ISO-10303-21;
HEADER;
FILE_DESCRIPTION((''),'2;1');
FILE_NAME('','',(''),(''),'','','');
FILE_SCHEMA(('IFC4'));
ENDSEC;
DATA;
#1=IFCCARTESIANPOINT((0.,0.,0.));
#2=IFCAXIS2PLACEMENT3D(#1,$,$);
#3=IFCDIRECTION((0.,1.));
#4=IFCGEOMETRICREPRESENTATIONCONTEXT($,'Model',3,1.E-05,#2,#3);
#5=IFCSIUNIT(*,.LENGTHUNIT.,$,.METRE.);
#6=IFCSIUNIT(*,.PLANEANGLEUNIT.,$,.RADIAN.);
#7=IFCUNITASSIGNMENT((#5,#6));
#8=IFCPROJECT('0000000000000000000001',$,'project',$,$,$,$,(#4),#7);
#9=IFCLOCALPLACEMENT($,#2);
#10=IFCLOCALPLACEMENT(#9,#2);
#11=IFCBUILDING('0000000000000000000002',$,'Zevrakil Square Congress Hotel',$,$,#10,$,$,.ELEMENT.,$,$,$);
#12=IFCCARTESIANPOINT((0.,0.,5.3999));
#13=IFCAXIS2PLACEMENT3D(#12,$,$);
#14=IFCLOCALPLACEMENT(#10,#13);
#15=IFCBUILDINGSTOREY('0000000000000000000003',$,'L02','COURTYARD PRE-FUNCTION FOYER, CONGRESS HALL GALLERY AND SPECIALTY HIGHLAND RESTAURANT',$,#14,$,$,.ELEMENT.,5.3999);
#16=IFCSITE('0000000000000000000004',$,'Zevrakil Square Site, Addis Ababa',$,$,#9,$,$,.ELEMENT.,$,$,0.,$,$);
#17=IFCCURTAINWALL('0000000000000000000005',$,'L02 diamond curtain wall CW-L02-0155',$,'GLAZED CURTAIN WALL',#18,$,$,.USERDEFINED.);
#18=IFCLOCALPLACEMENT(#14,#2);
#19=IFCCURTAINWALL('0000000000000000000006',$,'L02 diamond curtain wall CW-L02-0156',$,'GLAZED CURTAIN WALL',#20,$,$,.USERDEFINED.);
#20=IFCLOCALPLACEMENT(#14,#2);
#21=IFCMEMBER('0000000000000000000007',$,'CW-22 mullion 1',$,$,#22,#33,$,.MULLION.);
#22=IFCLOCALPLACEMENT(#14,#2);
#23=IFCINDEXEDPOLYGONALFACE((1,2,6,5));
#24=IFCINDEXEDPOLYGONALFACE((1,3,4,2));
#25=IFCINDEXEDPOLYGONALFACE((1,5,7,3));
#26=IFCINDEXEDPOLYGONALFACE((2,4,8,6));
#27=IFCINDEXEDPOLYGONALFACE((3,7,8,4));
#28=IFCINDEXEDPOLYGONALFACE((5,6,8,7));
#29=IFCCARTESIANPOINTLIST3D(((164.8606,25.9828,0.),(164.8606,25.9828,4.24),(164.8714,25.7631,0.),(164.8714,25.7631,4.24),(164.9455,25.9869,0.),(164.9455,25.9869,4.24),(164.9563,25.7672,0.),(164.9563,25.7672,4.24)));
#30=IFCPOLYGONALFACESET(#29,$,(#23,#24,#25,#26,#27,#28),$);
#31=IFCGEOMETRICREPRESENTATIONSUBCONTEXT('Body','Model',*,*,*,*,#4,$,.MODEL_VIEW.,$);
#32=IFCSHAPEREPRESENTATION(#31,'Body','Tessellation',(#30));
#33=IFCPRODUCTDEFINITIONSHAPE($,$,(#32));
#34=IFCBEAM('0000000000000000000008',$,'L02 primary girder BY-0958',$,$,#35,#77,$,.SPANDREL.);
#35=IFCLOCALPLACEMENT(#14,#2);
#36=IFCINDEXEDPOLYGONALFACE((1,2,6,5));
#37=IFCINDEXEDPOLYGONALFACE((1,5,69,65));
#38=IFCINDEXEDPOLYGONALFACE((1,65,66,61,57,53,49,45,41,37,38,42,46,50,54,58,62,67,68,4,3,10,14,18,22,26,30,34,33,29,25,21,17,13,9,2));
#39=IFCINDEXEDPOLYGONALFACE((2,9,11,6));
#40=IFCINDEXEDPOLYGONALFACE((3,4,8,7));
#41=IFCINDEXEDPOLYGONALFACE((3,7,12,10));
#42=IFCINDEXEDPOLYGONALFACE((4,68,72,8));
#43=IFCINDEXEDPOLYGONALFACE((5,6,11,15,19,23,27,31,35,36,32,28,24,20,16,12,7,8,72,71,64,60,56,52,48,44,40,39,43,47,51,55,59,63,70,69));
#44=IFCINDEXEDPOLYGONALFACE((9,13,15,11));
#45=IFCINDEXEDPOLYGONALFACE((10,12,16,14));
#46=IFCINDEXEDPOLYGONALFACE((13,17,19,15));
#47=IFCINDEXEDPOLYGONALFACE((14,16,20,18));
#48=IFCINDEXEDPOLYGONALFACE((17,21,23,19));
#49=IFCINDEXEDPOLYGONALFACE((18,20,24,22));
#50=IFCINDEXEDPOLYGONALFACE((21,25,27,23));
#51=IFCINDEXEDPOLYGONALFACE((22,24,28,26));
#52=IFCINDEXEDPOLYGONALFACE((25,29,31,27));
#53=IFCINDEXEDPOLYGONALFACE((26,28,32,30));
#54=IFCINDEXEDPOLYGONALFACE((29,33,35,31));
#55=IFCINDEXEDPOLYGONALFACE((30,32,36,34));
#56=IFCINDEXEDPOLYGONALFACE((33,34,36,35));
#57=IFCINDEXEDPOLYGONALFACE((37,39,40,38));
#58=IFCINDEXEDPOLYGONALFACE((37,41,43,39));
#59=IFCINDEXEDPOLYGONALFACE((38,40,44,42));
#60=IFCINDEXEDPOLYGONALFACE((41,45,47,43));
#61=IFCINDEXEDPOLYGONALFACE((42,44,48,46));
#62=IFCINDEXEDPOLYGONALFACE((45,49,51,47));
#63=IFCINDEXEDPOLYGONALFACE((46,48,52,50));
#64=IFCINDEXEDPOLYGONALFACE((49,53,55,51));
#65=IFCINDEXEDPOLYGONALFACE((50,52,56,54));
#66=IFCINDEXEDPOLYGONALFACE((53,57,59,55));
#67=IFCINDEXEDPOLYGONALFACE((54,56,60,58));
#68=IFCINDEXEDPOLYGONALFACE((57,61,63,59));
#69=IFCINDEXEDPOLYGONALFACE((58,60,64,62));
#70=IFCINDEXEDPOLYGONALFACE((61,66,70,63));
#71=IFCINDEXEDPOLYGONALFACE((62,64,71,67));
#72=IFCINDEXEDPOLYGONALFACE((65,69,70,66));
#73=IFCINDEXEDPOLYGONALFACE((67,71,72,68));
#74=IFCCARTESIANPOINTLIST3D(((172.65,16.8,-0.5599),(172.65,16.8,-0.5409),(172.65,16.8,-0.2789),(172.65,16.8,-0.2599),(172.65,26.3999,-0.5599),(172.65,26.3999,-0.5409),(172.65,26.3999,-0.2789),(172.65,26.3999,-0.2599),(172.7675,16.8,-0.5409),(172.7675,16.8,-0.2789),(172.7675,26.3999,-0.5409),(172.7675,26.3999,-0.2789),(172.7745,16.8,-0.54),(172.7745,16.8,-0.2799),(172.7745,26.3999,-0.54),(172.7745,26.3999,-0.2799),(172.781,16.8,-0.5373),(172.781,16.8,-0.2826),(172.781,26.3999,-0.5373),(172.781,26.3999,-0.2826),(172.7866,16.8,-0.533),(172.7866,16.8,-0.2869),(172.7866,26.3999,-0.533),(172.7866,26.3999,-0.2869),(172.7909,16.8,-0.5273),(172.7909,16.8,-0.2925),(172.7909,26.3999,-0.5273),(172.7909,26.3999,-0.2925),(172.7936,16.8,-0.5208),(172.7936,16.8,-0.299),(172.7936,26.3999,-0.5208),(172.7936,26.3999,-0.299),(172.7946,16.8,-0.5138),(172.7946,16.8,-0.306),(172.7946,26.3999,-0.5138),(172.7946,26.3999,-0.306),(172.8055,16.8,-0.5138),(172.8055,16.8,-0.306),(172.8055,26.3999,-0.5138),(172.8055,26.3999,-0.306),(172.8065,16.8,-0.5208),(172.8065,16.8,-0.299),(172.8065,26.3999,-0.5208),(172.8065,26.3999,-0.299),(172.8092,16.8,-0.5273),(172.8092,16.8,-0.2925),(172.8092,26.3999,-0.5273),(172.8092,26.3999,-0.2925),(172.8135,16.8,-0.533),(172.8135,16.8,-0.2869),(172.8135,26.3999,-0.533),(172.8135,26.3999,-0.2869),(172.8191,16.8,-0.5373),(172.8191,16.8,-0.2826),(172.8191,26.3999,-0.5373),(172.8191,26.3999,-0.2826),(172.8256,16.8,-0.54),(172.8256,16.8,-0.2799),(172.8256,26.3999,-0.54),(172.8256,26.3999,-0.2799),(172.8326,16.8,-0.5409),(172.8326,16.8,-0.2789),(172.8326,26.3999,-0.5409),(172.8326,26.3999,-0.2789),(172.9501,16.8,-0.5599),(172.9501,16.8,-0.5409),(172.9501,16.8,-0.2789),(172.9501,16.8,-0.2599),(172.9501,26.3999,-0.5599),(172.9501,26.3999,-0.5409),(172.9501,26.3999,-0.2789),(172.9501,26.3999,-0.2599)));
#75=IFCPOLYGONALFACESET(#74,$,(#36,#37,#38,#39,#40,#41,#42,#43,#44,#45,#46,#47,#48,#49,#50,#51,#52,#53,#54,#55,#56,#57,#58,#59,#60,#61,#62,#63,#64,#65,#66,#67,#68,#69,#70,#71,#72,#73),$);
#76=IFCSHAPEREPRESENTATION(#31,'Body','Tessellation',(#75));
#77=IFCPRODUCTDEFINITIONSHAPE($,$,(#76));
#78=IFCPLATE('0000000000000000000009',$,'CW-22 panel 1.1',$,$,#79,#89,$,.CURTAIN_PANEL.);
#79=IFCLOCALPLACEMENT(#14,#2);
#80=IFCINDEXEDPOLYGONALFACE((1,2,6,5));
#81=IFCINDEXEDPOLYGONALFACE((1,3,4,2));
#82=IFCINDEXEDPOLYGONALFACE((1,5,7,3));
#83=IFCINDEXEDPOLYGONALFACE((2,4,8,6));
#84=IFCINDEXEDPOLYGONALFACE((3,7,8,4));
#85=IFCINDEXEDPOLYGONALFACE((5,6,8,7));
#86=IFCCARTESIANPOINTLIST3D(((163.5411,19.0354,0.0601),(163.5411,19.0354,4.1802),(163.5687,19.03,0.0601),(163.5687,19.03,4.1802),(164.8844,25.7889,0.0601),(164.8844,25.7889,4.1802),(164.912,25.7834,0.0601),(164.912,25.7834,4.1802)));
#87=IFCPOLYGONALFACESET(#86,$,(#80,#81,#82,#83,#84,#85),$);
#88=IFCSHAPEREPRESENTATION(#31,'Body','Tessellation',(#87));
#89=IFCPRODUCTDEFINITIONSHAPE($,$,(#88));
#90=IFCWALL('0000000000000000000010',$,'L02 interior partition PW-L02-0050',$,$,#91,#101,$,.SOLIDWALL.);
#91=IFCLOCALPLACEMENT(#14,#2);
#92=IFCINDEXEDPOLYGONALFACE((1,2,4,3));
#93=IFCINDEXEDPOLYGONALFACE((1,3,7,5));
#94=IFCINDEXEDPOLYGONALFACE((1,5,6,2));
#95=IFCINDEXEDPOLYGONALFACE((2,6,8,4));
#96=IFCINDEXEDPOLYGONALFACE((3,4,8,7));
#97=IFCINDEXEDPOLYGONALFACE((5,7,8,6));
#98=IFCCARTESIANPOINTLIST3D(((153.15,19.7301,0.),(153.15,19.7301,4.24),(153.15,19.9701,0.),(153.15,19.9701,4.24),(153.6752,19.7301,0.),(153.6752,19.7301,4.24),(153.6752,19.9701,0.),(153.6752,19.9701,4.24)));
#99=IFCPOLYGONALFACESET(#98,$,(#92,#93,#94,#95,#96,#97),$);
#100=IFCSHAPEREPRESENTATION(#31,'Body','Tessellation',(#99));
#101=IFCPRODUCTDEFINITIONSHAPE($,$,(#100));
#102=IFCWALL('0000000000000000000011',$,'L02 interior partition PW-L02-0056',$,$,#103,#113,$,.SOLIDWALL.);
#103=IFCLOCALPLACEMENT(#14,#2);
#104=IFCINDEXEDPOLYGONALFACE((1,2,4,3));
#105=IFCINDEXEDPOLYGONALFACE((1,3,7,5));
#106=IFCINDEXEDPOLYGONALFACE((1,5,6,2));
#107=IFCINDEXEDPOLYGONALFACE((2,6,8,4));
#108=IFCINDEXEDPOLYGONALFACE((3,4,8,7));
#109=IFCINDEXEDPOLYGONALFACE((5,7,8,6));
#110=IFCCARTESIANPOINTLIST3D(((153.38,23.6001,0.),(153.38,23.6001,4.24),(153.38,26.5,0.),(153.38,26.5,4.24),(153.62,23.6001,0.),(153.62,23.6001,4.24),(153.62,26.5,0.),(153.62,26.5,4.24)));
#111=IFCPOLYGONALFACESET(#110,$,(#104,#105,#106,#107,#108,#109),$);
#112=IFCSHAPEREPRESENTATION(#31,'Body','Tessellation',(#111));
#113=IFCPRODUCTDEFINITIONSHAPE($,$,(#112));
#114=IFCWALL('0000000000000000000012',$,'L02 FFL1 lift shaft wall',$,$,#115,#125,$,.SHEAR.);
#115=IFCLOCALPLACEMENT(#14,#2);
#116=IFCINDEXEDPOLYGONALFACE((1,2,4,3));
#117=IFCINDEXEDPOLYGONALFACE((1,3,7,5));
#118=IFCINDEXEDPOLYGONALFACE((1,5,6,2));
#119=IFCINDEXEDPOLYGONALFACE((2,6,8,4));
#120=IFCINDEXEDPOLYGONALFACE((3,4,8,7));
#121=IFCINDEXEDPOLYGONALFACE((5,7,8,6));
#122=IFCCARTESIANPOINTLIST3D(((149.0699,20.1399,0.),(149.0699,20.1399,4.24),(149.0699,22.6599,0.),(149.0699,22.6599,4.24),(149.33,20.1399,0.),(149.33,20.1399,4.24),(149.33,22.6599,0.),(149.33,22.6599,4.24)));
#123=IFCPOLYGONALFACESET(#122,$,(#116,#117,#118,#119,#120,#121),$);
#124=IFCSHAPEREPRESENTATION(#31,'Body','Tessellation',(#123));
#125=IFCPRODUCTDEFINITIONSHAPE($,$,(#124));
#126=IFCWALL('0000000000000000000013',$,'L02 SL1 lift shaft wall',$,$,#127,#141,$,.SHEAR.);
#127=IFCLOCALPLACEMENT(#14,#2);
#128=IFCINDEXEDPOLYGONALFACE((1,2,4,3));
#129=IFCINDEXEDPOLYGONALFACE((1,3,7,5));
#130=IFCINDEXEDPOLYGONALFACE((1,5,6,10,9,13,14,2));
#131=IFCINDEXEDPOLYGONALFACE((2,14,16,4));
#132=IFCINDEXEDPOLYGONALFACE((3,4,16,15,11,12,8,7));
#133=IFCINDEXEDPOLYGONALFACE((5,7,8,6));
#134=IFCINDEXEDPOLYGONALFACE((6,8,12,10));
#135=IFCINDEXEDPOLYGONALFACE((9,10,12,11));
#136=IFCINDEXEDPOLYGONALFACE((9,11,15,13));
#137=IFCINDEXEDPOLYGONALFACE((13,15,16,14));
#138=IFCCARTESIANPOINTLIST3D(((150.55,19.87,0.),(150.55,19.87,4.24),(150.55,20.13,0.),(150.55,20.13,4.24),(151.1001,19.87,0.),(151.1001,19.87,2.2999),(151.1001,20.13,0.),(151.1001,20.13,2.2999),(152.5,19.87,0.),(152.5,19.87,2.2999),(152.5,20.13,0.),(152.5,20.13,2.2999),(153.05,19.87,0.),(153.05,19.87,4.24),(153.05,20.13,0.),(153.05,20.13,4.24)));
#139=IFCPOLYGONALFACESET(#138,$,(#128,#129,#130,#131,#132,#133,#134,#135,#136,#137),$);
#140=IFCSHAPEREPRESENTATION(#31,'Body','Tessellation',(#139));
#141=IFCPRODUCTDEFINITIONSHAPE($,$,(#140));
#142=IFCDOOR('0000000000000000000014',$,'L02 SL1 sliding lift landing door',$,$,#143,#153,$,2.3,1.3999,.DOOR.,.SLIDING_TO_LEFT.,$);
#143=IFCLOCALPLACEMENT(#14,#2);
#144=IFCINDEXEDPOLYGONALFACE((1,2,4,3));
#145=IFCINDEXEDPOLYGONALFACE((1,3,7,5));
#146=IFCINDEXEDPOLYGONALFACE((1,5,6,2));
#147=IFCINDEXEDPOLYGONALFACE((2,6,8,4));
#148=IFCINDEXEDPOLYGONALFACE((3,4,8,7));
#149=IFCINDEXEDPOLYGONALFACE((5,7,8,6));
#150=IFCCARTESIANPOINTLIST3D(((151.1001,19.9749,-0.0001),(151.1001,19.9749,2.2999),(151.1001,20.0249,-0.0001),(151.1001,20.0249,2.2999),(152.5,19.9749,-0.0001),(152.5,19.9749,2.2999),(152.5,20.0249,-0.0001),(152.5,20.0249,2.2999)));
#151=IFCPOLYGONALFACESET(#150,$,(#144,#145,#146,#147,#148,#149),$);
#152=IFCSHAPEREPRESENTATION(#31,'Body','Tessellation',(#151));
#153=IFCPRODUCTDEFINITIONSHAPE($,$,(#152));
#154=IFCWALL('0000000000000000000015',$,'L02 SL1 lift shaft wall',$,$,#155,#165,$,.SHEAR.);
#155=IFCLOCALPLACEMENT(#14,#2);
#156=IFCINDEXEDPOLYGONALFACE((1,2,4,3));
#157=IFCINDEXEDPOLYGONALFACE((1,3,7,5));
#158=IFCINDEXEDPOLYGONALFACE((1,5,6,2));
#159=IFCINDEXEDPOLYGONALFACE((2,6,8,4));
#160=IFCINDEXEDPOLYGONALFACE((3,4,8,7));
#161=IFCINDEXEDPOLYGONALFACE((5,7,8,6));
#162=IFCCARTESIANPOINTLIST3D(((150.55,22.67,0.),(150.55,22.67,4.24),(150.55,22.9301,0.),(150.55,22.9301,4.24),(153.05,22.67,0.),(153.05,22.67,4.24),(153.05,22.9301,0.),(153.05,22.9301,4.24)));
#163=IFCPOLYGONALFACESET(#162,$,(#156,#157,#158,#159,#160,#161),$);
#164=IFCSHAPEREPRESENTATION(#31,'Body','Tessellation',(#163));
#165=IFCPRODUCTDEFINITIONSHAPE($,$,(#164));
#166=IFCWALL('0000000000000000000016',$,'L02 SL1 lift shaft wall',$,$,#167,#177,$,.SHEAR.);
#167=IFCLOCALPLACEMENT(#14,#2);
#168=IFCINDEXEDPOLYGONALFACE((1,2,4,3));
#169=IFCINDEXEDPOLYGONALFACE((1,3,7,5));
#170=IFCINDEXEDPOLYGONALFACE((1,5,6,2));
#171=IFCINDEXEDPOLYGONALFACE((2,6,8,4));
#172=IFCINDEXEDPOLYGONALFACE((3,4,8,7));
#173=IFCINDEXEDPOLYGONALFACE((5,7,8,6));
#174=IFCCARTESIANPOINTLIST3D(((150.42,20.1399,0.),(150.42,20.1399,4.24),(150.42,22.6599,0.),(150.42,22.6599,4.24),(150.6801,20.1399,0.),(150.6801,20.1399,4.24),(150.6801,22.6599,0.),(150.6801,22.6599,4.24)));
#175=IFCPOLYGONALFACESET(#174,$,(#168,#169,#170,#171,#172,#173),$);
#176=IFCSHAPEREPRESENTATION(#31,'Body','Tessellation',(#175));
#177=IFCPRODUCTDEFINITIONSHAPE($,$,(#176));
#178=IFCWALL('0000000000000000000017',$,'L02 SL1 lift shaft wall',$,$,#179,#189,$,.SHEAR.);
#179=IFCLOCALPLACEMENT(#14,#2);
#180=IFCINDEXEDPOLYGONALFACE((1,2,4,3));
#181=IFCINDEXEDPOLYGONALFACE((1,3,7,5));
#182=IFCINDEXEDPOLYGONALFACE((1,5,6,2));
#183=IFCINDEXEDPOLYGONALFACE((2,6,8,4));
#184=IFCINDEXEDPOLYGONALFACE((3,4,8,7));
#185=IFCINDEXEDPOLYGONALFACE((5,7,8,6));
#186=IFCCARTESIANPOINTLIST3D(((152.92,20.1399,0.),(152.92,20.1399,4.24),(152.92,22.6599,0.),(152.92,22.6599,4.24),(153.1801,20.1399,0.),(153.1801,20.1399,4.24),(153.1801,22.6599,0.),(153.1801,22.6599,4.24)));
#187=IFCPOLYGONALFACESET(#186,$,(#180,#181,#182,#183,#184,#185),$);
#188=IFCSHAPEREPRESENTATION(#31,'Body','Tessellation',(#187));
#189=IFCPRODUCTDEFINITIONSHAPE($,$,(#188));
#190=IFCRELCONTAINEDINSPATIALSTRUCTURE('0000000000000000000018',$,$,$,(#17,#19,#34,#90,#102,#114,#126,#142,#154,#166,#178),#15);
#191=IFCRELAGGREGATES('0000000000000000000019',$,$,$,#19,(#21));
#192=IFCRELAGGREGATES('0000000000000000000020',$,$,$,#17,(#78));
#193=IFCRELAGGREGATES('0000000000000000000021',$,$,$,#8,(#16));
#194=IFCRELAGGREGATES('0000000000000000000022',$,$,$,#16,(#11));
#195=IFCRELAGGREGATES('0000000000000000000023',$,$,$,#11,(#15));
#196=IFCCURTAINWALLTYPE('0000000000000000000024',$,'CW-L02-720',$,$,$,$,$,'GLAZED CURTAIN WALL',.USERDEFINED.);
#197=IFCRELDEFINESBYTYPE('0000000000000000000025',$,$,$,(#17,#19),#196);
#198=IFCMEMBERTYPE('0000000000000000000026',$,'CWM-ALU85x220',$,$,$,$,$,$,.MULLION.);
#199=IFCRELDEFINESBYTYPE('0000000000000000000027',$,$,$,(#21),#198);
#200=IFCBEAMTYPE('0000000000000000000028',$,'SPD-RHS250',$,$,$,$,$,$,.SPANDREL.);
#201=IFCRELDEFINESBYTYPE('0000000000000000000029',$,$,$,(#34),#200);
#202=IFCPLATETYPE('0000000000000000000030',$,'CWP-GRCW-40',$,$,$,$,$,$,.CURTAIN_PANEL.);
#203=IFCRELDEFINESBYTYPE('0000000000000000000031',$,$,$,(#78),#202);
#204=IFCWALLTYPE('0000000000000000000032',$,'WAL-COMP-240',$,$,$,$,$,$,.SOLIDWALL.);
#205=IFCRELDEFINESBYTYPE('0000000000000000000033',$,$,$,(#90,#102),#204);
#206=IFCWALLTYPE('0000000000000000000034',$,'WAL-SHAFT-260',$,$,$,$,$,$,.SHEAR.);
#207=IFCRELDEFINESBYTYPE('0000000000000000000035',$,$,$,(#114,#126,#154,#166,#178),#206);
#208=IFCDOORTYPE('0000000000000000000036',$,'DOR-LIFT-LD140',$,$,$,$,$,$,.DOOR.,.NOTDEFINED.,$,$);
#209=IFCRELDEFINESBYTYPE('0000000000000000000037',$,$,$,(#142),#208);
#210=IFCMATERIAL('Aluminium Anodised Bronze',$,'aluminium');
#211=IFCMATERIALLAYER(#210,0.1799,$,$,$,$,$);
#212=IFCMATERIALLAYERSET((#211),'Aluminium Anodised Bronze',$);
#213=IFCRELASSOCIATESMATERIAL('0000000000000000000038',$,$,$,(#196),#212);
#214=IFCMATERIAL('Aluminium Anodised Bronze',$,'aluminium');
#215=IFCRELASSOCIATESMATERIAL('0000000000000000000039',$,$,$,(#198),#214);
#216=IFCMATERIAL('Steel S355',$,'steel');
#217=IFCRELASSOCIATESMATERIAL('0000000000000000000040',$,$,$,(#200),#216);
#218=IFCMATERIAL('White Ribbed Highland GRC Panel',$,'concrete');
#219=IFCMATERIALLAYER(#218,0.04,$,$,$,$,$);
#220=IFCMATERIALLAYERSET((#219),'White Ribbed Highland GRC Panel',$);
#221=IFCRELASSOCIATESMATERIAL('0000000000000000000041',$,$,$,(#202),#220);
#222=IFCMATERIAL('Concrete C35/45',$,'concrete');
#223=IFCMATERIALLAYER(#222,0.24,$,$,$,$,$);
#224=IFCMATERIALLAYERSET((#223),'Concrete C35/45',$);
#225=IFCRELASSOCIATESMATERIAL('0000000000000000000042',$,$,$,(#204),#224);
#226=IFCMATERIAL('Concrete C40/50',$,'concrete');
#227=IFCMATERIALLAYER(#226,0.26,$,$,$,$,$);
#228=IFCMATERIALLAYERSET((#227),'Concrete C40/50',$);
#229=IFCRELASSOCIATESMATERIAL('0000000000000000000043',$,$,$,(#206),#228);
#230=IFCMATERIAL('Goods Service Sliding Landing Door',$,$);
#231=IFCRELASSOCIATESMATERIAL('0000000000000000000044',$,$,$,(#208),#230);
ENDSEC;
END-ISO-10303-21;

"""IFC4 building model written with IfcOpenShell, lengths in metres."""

from ifc_helpers import new_model, si_unit, direction, frame, frame_2d, origin, origin_2d, place, context, subcontext, project, spatial, rectangle, i_section, extrude, material, layer, layer_set, material_profile, profile_set, type_object, element, fill, aggregate, save


model = new_model("IFC4")

# Units and contexts
model_context = context("Model", 3, precision=1e-05, world=origin(), true_north=direction((0.0, 1.0)))
body_context = subcontext(model_context, "Body", "Model", "MODEL_VIEW")
ifc_project = project(units=[si_unit("LENGTHUNIT", "METRE"), si_unit("PLANEANGLEUNIT", "RADIAN")], contexts=[model_context])

# Site, building, storey
site_placement = place(None, origin())
site = spatial("IfcSite", under=ifc_project, at=site_placement, Name="Zevrakil Square Site, Addis Ababa", CompositionType="ELEMENT", RefElevation=0.0)
building_placement = place(site_placement, origin())
building = spatial("IfcBuilding", under=site, at=building_placement, Name="Zevrakil Square Congress Hotel", CompositionType="ELEMENT")
storey_placement = place(building_placement, frame((0.0, 0.0, 5.3999)))
storey = spatial("IfcBuildingStorey", under=building, at=storey_placement, Name="L02", Description="COURTYARD PRE-FUNCTION FOYER, CONGRESS HALL GALLERY AND SPECIALTY HIGHLAND RESTAURANT", CompositionType="ELEMENT", Elevation=5.3999)

# Curtain walls
ifc_material_1 = material(Name="Aluminium Anodised Bronze", Category="aluminium")
ifc_layer_1 = layer(ifc_material_1, 0.1799)
ifc_layer_set_1 = layer_set([ifc_layer_1], Name="Aluminium Anodised Bronze")
curtain_wall_type = type_object("IfcCurtainWallType", Name="CW-L02-720", ElementType="GLAZED CURTAIN WALL", PredefinedType="USERDEFINED", material=ifc_layer_set_1)
curtain_wall_1_placement = place(storey_placement, origin())
curtain_wall_1 = element("IfcCurtainWall", 1, at=curtain_wall_1_placement, inside=storey, type_object=curtain_wall_type, Name="L02 diamond curtain wall CW-L02-0155", ObjectType="GLAZED CURTAIN WALL", PredefinedType="USERDEFINED")
curtain_wall_2_placement = place(storey_placement, origin())
curtain_wall_2 = element("IfcCurtainWall", 2, at=curtain_wall_2_placement, inside=storey, type_object=curtain_wall_type, Name="L02 diamond curtain wall CW-L02-0156", ObjectType="GLAZED CURTAIN WALL", PredefinedType="USERDEFINED")

# Member
ifc_material_2 = material(Name="Aluminium Anodised Bronze", Category="aluminium")
ifc_material_profile_1 = material_profile(ifc_material_2, rectangle(XDim=0.085, YDim=0.22, at=origin_2d()), Name="ALU 85x220")
ifc_profile_set_1 = profile_set([ifc_material_profile_1], Name="Aluminium Anodised Bronze")
member_type_1 = type_object("IfcMemberType", Name="CWM-ALU85x220", PredefinedType="MULLION", material=ifc_profile_set_1)
member_1_placement = place(storey_placement, frame((164.9084, 25.875, 0.0), z_axis=(0.0, 0.0, 1.0), x_axis=(-0.998792, -0.049136, 0.0)))
member_1 = element("IfcMember", 3, at=member_1_placement, type_object=member_type_1, Name="CW-22 mullion 1", PredefinedType="MULLION", context=body_context, shape_type="SweptSolid", body=[
    extrude(rectangle(XDim=0.085, YDim=0.22, at=origin_2d()), origin(), (0.0, 0.0, 1.0), 4.24),
])
aggregate(curtain_wall_2, [member_1])

# Beam
ifc_material_3 = material(Name="Steel S355", Category="steel")
ifc_material_profile_2 = material_profile(ifc_material_3, i_section(OverallWidth=0.3, OverallDepth=0.3, WebThickness=0.011, FlangeThickness=0.019, FilletRadius=0.0271, at=origin_2d()), Name="HEB 300")
ifc_profile_set_2 = profile_set([ifc_material_profile_2], Name="Steel S355")
beam_type_1 = type_object("IfcBeamType", Name="SPD-RHS250", PredefinedType="SPANDREL", material=ifc_profile_set_2)
beam_1_placement = place(storey_placement, frame((172.8, 16.8, -0.4099), z_axis=(0.0, 1.0, 0.0), x_axis=(-1.0, 0.0, 0.0)))
element("IfcBeam", 4, at=beam_1_placement, inside=storey, type_object=beam_type_1, Name="L02 primary girder BY-0958", PredefinedType="SPANDREL", context=body_context, shape_type="SweptSolid", body=[
    extrude(i_section(OverallWidth=0.3, OverallDepth=0.3, WebThickness=0.011, FlangeThickness=0.019, FilletRadius=0.0271, at=origin_2d()), origin(), (0.0, 0.0, 1.0), 9.5999),
])

# Plate
ifc_material_4 = material(Name="White Ribbed Highland GRC Panel", Category="concrete")
ifc_layer_2 = layer(ifc_material_4, 0.04)
ifc_layer_set_2 = layer_set([ifc_layer_2], Name="White Ribbed Highland GRC Panel")
plate_type = type_object("IfcPlateType", Name="CWP-GRCW-40", PredefinedType="CURTAIN_PANEL", material=ifc_layer_set_2)
plate_placement = place(storey_placement, frame((164.2266, 22.4094, 0.0601), z_axis=(0.0, 0.0, 1.0), x_axis=(0.195084, 0.980787, 0.0)))
plate = element("IfcPlate", 5, at=plate_placement, type_object=plate_type, Name="CW-22 panel 1.1", PredefinedType="CURTAIN_PANEL", context=body_context, shape_type="SweptSolid", body=[
    extrude(rectangle(XDim=6.8857, YDim=0.0281, at=origin_2d()), origin(), (0.0, 0.0, 1.0), 4.1201),
])
aggregate(curtain_wall_1, [plate])

# Walls
ifc_material_5 = material(Name="Concrete C35/45", Category="concrete")
ifc_layer_3 = layer(ifc_material_5, 0.24)
ifc_layer_set_3 = layer_set([ifc_layer_3], Name="Concrete C35/45")
wall_type_1 = type_object("IfcWallType", Name="WAL-COMP-240", PredefinedType="SOLIDWALL", material=ifc_layer_set_3)
wall_1_placement = place(storey_placement, frame((153.1499, 19.8501, 0.0), z_axis=(0.0, 0.0, 1.0), x_axis=(1.0, 0.0, 0.0)))
element("IfcWall", 6, at=wall_1_placement, inside=storey, type_object=wall_type_1, Name="L02 interior partition PW-L02-0050", PredefinedType="SOLIDWALL", context=body_context, shape_type="SweptSolid", body=[
    extrude(rectangle(XDim=0.5251, YDim=0.24, at=frame_2d((0.2627, 0.0))), origin(), (0.0, 0.0, 1.0), 4.24),
])
wall_2_placement = place(storey_placement, frame((153.5, 23.6001, 0.0), z_axis=(0.0, 0.0, 1.0), x_axis=(0.0, 1.0, 0.0)))
element("IfcWall", 7, at=wall_2_placement, inside=storey, type_object=wall_type_1, Name="L02 interior partition PW-L02-0056", PredefinedType="SOLIDWALL", context=body_context, shape_type="SweptSolid", body=[
    extrude(rectangle(XDim=2.8999, YDim=0.24, at=frame_2d((1.45, 0.0))), origin(), (0.0, 0.0, 1.0), 4.24),
])
ifc_material_6 = material(Name="Concrete C40/50", Category="concrete")
ifc_layer_4 = layer(ifc_material_6, 0.26)
ifc_layer_set_4 = layer_set([ifc_layer_4], Name="Concrete C40/50")
wall_type_2 = type_object("IfcWallType", Name="WAL-SHAFT-260", PredefinedType="SHEAR", material=ifc_layer_set_4)
wall_3_placement = place(storey_placement, frame((149.2, 20.1399, 0.0), z_axis=(0.0, 0.0, 1.0), x_axis=(0.0, 1.0, 0.0)))
element("IfcWall", 8, at=wall_3_placement, inside=storey, type_object=wall_type_2, Name="L02 FFL1 lift shaft wall", PredefinedType="SHEAR", context=body_context, shape_type="SweptSolid", body=[
    extrude(rectangle(XDim=2.52, YDim=0.26, at=frame_2d((1.26, 0.0))), origin(), (0.0, 0.0, 1.0), 4.24),
])

# Wall, opening, door
wall_4_placement = place(storey_placement, frame((150.55, 20.0, 0.0), z_axis=(0.0, 0.0, 1.0), x_axis=(1.0, 0.0, 0.0)))
wall_4 = element("IfcWall", 9, at=wall_4_placement, inside=storey, type_object=wall_type_2, Name="L02 SL1 lift shaft wall", PredefinedType="SHEAR", context=body_context, shape_type="SweptSolid", body=[
    extrude(rectangle(XDim=2.5, YDim=0.26, at=frame_2d((1.25, 0.0))), origin(), (0.0, 0.0, 1.0), 4.24),
])
opening_placement = place(wall_4_placement, frame((0.55, 0.0, 0.0)))
opening = element("IfcOpeningElement", 10, at=opening_placement, cuts=wall_4, PredefinedType="OPENING", context=body_context, shape_type="SweptSolid", body=[
    extrude(rectangle(XDim=1.3999, YDim=2.3, at=frame_2d((0.7, 1.1499))), frame((0.0, 0.1401, 0.0), z_axis=(0.0, -1.0, 0.0), x_axis=(1.0, 0.0, 0.0)), (0.0, 0.0, 1.0), 0.28),
])
ifc_material_7 = material(Name="Goods Service Sliding Landing Door")
door_type = type_object("IfcDoorType", Name="DOR-LIFT-LD140", OperationType="NOTDEFINED", PredefinedType="DOOR", material=ifc_material_7)
door_placement = place(opening_placement, origin())
door = element("IfcDoor", 11, at=door_placement, inside=storey, type_object=door_type, Name="L02 SL1 sliding lift landing door", OperationType="SLIDING_TO_LEFT", OverallHeight=2.3, OverallWidth=1.3999, PredefinedType="DOOR", context=body_context, shape_type="SweptSolid", body=[
    extrude(rectangle(XDim=1.3999, YDim=2.3, at=frame_2d((0.7, 1.1499))), frame((0.0, 0.0249, 0.0), z_axis=(0.0, -1.0, 0.0), x_axis=(1.0, 0.0, 0.0)), (0.0, 0.0, 1.0), 0.05),
])
fill(opening, door)

# Walls
wall_5_placement = place(storey_placement, frame((150.55, 22.8, 0.0), z_axis=(0.0, 0.0, 1.0), x_axis=(1.0, 0.0, 0.0)))
element("IfcWall", 12, at=wall_5_placement, inside=storey, type_object=wall_type_2, Name="L02 SL1 lift shaft wall", PredefinedType="SHEAR", context=body_context, shape_type="SweptSolid", body=[
    extrude(rectangle(XDim=2.5, YDim=0.26, at=frame_2d((1.25, 0.0))), origin(), (0.0, 0.0, 1.0), 4.24),
])
for number, where, z_axis, x_axis, name in (
    (13, (150.55, 20.1399, 0.0), (0.0, 0.0, 1.0), (0.0, 1.0, 0.0), "L02 SL1 lift shaft wall"),
    (14, (153.05, 20.1399, 0.0), (0.0, 0.0, 1.0), (0.0, 1.0, 0.0), "L02 SL1 lift shaft wall"),
):
    element("IfcWall", number, at=place(storey_placement, frame(where, z_axis=z_axis, x_axis=x_axis)), inside=storey, type_object=wall_type_2, Name=name, PredefinedType="SHEAR", context=body_context, shape_type="SweptSolid", body=[
        extrude(rectangle(XDim=2.52, YDim=0.26, at=frame_2d((1.26, 0.0))), origin(), (0.0, 0.0, 1.0), 4.24),
    ])

save(model, "model.ifc")
